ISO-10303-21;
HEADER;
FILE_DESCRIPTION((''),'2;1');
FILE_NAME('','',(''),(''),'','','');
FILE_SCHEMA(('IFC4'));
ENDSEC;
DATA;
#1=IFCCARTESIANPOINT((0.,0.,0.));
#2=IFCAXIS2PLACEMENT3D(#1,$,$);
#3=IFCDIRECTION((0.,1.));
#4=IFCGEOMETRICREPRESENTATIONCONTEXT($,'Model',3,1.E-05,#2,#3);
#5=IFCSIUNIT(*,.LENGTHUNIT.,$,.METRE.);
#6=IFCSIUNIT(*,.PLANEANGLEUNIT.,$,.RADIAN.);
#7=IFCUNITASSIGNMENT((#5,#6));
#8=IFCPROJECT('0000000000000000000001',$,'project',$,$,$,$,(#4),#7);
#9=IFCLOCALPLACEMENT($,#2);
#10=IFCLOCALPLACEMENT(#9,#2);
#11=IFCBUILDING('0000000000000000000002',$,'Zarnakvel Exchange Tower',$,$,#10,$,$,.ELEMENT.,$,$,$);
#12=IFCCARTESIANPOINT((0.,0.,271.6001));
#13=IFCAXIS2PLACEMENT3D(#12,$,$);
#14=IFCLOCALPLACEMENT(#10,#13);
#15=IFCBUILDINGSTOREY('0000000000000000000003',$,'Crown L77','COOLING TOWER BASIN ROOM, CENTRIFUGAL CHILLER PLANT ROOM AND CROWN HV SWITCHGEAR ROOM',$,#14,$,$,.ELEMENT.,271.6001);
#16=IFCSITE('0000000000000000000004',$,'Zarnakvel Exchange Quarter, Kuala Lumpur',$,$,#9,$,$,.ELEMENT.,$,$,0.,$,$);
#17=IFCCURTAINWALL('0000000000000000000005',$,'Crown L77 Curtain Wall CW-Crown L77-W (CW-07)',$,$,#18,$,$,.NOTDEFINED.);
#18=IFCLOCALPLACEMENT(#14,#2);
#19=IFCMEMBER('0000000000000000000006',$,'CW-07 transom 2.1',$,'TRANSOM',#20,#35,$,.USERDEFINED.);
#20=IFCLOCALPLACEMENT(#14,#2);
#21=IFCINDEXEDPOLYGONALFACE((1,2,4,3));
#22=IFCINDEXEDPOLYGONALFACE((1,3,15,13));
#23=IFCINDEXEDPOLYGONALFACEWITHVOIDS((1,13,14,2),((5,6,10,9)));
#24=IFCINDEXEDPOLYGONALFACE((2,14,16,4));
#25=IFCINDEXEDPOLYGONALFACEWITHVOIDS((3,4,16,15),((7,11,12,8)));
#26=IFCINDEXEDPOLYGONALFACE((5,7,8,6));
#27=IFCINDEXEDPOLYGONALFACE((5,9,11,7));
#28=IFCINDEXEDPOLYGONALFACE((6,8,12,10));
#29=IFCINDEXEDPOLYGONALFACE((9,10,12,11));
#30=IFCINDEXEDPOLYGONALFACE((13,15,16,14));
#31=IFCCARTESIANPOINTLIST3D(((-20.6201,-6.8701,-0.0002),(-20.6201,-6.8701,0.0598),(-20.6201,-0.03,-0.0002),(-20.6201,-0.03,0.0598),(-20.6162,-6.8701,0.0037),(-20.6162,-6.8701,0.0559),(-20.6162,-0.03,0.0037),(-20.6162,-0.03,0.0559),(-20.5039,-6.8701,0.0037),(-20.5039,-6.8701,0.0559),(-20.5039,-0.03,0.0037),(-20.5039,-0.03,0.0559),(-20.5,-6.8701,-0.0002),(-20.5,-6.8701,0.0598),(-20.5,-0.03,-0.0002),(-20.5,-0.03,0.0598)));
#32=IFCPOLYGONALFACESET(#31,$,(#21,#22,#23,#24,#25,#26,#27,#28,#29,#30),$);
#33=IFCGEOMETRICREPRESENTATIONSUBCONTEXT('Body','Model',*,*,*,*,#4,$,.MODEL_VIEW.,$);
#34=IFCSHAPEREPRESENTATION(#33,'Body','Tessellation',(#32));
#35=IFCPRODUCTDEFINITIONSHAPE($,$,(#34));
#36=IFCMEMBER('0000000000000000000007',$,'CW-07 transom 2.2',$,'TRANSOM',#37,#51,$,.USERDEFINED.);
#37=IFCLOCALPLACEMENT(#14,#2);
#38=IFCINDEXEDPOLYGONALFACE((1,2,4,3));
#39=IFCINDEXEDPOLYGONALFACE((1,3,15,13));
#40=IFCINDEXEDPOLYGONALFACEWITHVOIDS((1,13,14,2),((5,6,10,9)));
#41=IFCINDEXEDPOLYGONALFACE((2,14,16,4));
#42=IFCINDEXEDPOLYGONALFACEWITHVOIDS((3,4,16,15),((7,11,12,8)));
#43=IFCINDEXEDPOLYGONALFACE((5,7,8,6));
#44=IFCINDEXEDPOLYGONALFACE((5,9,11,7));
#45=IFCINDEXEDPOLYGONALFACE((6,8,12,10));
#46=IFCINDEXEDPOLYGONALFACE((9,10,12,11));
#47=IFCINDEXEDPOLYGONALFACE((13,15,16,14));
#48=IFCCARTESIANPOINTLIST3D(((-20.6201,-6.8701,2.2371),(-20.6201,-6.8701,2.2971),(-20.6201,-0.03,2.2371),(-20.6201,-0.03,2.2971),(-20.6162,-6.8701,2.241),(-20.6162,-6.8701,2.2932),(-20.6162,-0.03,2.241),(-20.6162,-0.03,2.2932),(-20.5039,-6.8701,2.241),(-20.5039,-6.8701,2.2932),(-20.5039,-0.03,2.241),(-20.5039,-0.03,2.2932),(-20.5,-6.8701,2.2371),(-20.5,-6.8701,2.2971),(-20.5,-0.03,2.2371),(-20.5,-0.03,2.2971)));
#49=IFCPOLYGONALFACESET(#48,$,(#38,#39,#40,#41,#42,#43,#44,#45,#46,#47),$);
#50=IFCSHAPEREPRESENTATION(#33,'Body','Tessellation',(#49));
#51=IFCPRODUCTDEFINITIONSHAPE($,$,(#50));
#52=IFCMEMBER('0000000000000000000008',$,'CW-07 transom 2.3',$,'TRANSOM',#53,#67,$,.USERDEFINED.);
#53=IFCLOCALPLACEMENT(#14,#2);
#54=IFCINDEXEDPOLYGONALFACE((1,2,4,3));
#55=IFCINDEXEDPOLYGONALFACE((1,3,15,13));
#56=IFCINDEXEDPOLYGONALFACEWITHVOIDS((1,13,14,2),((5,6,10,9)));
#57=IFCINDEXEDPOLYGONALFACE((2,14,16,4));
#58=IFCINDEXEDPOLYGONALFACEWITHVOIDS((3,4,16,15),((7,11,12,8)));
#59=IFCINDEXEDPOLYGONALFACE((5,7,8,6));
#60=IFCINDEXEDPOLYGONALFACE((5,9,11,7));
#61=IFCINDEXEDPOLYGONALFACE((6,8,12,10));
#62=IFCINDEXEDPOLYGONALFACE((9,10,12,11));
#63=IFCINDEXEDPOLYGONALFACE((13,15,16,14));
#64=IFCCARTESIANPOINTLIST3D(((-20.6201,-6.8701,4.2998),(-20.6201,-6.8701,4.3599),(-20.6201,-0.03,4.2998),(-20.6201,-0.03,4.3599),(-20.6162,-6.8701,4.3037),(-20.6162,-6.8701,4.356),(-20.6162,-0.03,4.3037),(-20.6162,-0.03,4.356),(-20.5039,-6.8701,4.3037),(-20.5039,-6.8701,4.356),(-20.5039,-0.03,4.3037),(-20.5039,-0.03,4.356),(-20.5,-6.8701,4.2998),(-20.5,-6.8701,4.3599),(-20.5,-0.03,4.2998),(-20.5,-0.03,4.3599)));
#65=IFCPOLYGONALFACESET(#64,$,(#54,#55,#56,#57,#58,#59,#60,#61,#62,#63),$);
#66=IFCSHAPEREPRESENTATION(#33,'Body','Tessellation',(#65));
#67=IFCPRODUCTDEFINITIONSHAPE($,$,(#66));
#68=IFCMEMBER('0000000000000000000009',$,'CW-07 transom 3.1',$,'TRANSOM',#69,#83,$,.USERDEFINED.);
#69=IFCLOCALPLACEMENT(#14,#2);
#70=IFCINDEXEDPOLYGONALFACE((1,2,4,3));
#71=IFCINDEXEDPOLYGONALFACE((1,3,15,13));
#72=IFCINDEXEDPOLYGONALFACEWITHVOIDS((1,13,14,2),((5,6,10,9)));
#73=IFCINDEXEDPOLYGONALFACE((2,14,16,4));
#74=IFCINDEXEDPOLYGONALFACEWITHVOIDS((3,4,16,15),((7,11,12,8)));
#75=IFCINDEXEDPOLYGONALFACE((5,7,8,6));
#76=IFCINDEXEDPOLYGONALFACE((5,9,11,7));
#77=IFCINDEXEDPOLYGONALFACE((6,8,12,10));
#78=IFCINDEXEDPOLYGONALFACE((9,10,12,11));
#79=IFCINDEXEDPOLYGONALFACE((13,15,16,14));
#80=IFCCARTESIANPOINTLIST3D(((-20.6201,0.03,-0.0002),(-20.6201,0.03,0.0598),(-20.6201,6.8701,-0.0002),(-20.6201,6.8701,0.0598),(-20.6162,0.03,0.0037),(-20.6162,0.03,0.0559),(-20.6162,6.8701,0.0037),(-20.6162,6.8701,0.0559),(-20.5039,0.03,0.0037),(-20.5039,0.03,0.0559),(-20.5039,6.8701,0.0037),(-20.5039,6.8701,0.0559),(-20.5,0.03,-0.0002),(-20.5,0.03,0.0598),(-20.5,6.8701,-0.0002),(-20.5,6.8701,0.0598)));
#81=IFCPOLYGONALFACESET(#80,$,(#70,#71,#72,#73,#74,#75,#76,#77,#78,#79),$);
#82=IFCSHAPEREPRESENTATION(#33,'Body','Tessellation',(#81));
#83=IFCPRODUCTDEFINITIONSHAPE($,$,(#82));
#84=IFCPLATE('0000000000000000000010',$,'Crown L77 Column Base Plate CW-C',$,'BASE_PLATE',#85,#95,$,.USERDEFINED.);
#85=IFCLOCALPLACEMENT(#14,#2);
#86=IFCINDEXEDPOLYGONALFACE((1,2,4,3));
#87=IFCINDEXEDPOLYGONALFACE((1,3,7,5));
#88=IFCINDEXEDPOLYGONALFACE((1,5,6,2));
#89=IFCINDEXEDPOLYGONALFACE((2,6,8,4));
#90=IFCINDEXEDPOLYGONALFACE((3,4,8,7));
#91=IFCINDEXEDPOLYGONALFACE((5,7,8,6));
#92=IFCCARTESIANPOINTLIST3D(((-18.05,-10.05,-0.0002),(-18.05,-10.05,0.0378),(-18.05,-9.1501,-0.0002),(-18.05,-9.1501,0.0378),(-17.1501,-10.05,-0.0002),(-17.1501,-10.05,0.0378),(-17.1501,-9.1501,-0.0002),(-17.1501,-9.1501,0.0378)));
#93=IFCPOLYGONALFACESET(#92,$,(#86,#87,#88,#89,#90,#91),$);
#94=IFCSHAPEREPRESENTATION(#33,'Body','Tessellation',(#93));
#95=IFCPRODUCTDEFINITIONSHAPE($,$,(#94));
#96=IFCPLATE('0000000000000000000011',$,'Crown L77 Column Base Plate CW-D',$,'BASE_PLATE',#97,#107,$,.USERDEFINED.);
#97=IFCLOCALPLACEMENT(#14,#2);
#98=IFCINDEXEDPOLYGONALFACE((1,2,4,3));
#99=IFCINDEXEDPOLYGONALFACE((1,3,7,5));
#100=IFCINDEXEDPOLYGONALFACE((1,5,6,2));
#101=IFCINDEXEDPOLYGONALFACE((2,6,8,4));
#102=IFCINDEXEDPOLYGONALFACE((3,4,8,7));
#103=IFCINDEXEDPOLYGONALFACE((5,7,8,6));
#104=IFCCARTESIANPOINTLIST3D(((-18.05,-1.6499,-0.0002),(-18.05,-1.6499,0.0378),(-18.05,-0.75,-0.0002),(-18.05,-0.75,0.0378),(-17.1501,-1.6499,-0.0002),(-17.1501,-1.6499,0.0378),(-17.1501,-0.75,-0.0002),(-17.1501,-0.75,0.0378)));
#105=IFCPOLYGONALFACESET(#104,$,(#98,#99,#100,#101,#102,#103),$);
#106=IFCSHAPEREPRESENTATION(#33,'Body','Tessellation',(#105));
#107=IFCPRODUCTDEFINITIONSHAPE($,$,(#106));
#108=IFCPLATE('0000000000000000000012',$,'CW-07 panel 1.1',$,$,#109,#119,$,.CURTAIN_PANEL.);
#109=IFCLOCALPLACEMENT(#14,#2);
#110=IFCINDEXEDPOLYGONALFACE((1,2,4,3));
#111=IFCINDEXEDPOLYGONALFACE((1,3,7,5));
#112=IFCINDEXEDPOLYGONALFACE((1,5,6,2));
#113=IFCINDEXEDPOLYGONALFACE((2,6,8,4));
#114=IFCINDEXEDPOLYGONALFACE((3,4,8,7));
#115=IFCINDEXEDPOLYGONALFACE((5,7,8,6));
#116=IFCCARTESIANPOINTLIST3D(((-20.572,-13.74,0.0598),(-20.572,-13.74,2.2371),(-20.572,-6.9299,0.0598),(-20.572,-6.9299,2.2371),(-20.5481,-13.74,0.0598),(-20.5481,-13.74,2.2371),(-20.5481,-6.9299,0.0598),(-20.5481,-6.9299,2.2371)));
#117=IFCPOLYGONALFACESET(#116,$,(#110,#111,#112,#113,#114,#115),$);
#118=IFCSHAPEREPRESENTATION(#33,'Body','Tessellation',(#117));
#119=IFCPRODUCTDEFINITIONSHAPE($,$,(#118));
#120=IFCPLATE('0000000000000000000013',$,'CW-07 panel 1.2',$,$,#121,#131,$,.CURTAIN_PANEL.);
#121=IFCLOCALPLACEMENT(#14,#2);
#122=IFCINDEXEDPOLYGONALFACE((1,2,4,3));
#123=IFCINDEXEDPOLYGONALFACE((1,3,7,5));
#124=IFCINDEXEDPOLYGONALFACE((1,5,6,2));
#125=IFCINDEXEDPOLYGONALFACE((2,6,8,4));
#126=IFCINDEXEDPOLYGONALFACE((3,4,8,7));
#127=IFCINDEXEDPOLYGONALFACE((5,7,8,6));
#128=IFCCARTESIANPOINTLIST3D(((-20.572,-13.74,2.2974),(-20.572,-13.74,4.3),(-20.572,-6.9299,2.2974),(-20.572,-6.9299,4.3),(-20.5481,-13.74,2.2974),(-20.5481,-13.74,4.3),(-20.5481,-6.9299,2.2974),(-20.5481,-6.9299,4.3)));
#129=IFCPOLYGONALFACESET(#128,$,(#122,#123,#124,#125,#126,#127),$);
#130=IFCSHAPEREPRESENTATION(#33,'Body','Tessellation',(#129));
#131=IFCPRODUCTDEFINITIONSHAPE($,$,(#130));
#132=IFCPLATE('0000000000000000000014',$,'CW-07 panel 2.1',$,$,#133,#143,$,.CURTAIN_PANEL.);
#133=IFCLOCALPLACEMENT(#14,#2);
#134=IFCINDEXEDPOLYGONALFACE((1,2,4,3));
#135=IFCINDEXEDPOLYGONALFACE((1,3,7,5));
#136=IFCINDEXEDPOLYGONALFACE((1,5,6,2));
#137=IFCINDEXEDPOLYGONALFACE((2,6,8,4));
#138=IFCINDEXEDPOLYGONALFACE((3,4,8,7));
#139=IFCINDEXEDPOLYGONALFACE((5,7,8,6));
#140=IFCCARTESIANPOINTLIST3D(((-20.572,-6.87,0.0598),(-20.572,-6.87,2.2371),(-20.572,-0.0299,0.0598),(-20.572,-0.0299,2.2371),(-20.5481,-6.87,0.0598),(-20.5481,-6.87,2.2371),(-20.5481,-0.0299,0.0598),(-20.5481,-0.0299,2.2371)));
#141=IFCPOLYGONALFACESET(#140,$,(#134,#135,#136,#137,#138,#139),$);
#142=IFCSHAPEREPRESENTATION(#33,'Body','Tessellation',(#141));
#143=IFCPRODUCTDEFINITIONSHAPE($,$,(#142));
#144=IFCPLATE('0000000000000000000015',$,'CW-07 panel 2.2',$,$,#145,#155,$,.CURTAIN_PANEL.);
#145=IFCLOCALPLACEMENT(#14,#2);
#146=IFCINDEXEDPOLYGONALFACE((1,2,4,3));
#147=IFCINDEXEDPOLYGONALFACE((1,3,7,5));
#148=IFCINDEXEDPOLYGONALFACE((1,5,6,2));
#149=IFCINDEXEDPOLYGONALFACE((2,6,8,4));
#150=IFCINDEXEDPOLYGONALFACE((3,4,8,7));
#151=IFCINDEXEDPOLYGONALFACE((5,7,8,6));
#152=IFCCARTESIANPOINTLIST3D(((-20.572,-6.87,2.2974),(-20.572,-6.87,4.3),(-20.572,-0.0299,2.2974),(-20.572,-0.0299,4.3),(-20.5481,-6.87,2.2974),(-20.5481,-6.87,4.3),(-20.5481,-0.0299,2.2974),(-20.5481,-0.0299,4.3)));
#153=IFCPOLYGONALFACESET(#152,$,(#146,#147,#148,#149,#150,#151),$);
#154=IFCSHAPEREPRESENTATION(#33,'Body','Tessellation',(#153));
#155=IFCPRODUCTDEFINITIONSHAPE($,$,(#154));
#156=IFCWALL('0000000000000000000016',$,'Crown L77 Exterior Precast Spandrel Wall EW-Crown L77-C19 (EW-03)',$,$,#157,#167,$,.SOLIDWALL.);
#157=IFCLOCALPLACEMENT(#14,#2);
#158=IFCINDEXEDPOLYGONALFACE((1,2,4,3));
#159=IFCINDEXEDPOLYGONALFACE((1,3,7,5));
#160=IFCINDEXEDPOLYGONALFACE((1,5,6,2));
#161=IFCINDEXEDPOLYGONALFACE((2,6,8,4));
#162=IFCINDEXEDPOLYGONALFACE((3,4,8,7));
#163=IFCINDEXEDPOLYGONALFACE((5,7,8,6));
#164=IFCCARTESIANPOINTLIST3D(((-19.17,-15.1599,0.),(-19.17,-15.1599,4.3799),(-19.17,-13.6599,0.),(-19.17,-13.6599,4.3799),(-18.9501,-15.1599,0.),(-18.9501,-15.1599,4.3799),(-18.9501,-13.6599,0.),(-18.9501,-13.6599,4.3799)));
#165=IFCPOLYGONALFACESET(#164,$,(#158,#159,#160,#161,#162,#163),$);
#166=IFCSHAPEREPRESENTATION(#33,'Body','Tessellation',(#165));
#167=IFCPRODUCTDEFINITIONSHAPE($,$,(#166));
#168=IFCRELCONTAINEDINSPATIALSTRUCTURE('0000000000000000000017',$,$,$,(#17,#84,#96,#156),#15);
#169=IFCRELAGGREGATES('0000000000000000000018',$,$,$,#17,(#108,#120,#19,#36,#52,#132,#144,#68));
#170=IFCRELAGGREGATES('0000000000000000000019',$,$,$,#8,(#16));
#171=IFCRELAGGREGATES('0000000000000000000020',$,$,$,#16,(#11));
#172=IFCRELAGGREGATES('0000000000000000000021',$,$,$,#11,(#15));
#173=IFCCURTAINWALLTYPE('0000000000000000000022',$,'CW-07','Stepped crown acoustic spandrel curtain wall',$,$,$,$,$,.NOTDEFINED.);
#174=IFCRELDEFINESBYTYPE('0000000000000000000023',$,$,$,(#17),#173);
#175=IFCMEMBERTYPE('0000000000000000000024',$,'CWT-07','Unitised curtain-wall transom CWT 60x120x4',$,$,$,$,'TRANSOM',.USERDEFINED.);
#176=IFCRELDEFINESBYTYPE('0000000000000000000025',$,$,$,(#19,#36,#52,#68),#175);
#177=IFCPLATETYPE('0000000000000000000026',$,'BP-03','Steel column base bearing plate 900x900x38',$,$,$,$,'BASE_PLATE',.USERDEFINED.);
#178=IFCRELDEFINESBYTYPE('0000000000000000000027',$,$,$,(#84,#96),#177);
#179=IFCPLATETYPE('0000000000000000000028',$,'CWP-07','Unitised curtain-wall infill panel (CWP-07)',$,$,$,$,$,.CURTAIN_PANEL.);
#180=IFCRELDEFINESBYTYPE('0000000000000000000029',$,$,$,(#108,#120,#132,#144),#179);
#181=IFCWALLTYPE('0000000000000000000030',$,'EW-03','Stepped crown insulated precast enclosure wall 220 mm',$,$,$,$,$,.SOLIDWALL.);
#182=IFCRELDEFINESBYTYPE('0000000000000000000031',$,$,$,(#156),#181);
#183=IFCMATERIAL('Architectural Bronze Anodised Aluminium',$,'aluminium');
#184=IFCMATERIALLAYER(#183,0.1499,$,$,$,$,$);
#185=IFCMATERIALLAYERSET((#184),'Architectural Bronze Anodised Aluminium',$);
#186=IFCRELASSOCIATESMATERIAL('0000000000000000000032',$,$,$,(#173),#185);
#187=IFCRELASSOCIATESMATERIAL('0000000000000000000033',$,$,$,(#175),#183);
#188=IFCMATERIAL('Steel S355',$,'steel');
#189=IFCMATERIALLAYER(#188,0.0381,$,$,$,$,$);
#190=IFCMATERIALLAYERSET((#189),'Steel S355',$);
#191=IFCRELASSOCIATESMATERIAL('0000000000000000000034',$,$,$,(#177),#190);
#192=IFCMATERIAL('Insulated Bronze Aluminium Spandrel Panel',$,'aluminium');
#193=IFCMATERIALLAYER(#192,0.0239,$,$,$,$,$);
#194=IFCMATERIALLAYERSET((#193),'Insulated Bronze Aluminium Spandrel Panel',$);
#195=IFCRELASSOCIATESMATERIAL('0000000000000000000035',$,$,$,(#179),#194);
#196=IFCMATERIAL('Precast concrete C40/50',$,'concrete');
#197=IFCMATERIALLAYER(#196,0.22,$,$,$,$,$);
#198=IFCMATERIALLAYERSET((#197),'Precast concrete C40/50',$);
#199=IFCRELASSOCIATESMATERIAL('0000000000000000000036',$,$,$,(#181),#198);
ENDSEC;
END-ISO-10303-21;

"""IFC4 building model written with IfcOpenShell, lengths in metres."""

from ifc_helpers import new_model, si_unit, direction, frame, frame_2d, origin, origin_2d, place, context, subcontext, project, spatial, rectangle, hollow_rectangle, extrude, source, transform, mapped, material, layer, layer_set, material_profile, profile_set, type_object, element, aggregate, save


model = new_model("IFC4")

# Units and contexts
model_context = context("Model", 3, precision=1e-05, world=origin(), true_north=direction((0.0, 1.0)))
body_context = subcontext(model_context, "Body", "Model", "MODEL_VIEW")
ifc_project = project(units=[si_unit("LENGTHUNIT", "METRE"), si_unit("PLANEANGLEUNIT", "RADIAN")], contexts=[model_context])

# Site, building, storey
site_placement = place(None, origin())
site = spatial("IfcSite", under=ifc_project, at=site_placement, Name="Zarnakvel Exchange Quarter, Kuala Lumpur", CompositionType="ELEMENT", RefElevation=0.0)
building_placement = place(site_placement, origin())
building = spatial("IfcBuilding", under=site, at=building_placement, Name="Zarnakvel Exchange Tower", CompositionType="ELEMENT")
storey_placement = place(building_placement, frame((0.0, 0.0, 271.6001)))
storey = spatial("IfcBuildingStorey", under=building, at=storey_placement, Name="Crown L77", Description="COOLING TOWER BASIN ROOM, CENTRIFUGAL CHILLER PLANT ROOM AND CROWN HV SWITCHGEAR ROOM", CompositionType="ELEMENT", Elevation=271.6001)

# Shared definitions
ifc_material_1 = material(Name="Steel S355", Category="steel")

# Curtain wall, members
ifc_material_2 = material(Name="Architectural Bronze Anodised Aluminium", Category="aluminium")
ifc_layer_1 = layer(ifc_material_2, 0.1499)
ifc_layer_set_1 = layer_set([ifc_layer_1], Name="Architectural Bronze Anodised Aluminium")
curtain_wall_type = type_object("IfcCurtainWallType", Name="CW-07", Description="Stepped crown acoustic spandrel curtain wall", PredefinedType="NOTDEFINED", material=ifc_layer_set_1)
curtain_wall_placement = place(storey_placement, origin())
curtain_wall = element("IfcCurtainWall", 1, at=curtain_wall_placement, inside=storey, type_object=curtain_wall_type, Name="Crown L77 Curtain Wall CW-Crown L77-W (CW-07)", PredefinedType="NOTDEFINED")
ifc_material_profile_1 = material_profile(ifc_material_2, hollow_rectangle(XDim=0.1201, YDim=0.0601, WallThickness=0.0039, at=origin_2d()))
ifc_profile_set_1 = profile_set([ifc_material_profile_1], Name="Architectural Bronze Anodised Aluminium")
member_type_1 = type_object("IfcMemberType", Name="CWT-07", Description="Unitised curtain-wall transom CWT 60x120x4", ElementType="TRANSOM", PredefinedType="USERDEFINED", material=ifc_profile_set_1)
shared_shape_1 = source(origin(), body_context, "Body", "SweptSolid", [
    extrude(hollow_rectangle(XDim=0.1201, YDim=0.0601, WallThickness=0.0039, at=origin_2d()), origin(), (0.0, 0.0, 1.0), 6.8401),
])
member_1_placement = place(storey_placement, frame((-20.5601, -6.8701, 0.0298), z_axis=(0.0, 1.0, 0.0), x_axis=(-1.0, 0.0, 0.0)))
member_1 = element("IfcMember", 2, at=member_1_placement, type_object=member_type_1, Name="CW-07 transom 2.1", ObjectType="TRANSOM", PredefinedType="USERDEFINED", context=body_context, shape_type="MappedRepresentation", body=[
    mapped(shared_shape_1, transform((0.0, 0.0, 0.0), x_axis=(1.0, 0.0, 0.0), y_axis=(0.0, 1.0, 0.0), z_axis=(0.0, 0.0, 1.0), scale=1.0)),
])
member_2_placement = place(storey_placement, frame((-20.5601, -6.8701, 2.2671), z_axis=(0.0, 1.0, 0.0), x_axis=(-1.0, 0.0, 0.0)))
member_2 = element("IfcMember", 3, at=member_2_placement, type_object=member_type_1, Name="CW-07 transom 2.2", ObjectType="TRANSOM", PredefinedType="USERDEFINED", context=body_context, shape_type="MappedRepresentation", body=[
    mapped(shared_shape_1, transform((0.0, 0.0, 0.0), x_axis=(1.0, 0.0, 0.0), y_axis=(0.0, 1.0, 0.0), z_axis=(0.0, 0.0, 1.0), scale=1.0)),
])
member_3_placement = place(storey_placement, frame((-20.5601, -6.8701, 4.3298), z_axis=(0.0, 1.0, 0.0), x_axis=(-1.0, 0.0, 0.0)))
member_3 = element("IfcMember", 4, at=member_3_placement, type_object=member_type_1, Name="CW-07 transom 2.3", ObjectType="TRANSOM", PredefinedType="USERDEFINED", context=body_context, shape_type="MappedRepresentation", body=[
    mapped(shared_shape_1, transform((0.0, 0.0, 0.0), x_axis=(1.0, 0.0, 0.0), y_axis=(0.0, 1.0, 0.0), z_axis=(0.0, 0.0, 1.0), scale=1.0)),
])
member_4_placement = place(storey_placement, frame((-20.5601, 0.03, 0.0298), z_axis=(0.0, 1.0, 0.0), x_axis=(-1.0, 0.0, 0.0)))
member_4 = element("IfcMember", 5, at=member_4_placement, type_object=member_type_1, Name="CW-07 transom 3.1", ObjectType="TRANSOM", PredefinedType="USERDEFINED", context=body_context, shape_type="MappedRepresentation", body=[
    mapped(shared_shape_1, transform((0.0, 0.0, 0.0), x_axis=(1.0, 0.0, 0.0), y_axis=(0.0, 1.0, 0.0), z_axis=(0.0, 0.0, 1.0), scale=1.0)),
])

# Plates
ifc_layer_2 = layer(ifc_material_1, 0.0381)
ifc_layer_set_2 = layer_set([ifc_layer_2], Name="Steel S355")
plate_type_1 = type_object("IfcPlateType", Name="BP-03", Description="Steel column base bearing plate 900x900x38", ElementType="BASE_PLATE", PredefinedType="USERDEFINED", material=ifc_layer_set_2)
shared_shape_2 = source(origin(), body_context, "Body", "SweptSolid", [
    extrude(rectangle(XDim=0.8999, YDim=0.8999, at=origin_2d()), origin(), (0.0, 0.0, 1.0), 0.0381),
])
for number, where, z_axis, x_axis, name in (
    (6, (-17.6001, -9.6001, -0.0002), (0.0, 0.0, 1.0), (1.0, 0.0, 0.0), "Crown L77 Column Base Plate CW-C"),
    (7, (-17.6001, -1.2, -0.0002), (0.0, 0.0, 1.0), (1.0, 0.0, 0.0), "Crown L77 Column Base Plate CW-D"),
):
    element("IfcPlate", number, at=place(storey_placement, frame(where, z_axis=z_axis, x_axis=x_axis)), inside=storey, type_object=plate_type_1, Name=name, ObjectType="BASE_PLATE", PredefinedType="USERDEFINED", context=body_context, shape_type="MappedRepresentation", body=[
        mapped(shared_shape_2, transform((0.0, 0.0, 0.0), x_axis=(1.0, 0.0, 0.0), y_axis=(0.0, 1.0, 0.0), z_axis=(0.0, 0.0, 1.0), scale=1.0)),
    ])

# Plates
ifc_material_3 = material(Name="Insulated Bronze Aluminium Spandrel Panel", Category="aluminium")
ifc_layer_3 = layer(ifc_material_3, 0.0239)
ifc_layer_set_3 = layer_set([ifc_layer_3], Name="Insulated Bronze Aluminium Spandrel Panel")
plate_type_2 = type_object("IfcPlateType", Name="CWP-07", Description="Unitised curtain-wall infill panel (CWP-07)", PredefinedType="CURTAIN_PANEL", material=ifc_layer_set_3)
shared_shape_3 = source(origin(), body_context, "Body", "SweptSolid", [
    extrude(rectangle(XDim=6.8101, YDim=0.0239, at=origin_2d()), origin(), (0.0, 0.0, 1.0), 2.1772),
])
plate_1_placement = place(storey_placement, frame((-20.5601, -10.335, 0.0598), z_axis=(0.0, 0.0, 1.0), x_axis=(0.0, 1.0, 0.0)))
plate_1 = element("IfcPlate", 8, at=plate_1_placement, type_object=plate_type_2, Name="CW-07 panel 1.1", PredefinedType="CURTAIN_PANEL", context=body_context, shape_type="MappedRepresentation", body=[
    mapped(shared_shape_3, transform((0.0, 0.0, 0.0), x_axis=(1.0, 0.0, 0.0), y_axis=(0.0, 1.0, 0.0), z_axis=(0.0, 0.0, 1.0), scale=1.0)),
])
shared_shape_4 = source(origin(), body_context, "Body", "SweptSolid", [
    extrude(rectangle(XDim=6.8101, YDim=0.0239, at=origin_2d()), origin(), (0.0, 0.0, 1.0), 2.0027),
])
plate_2_placement = place(storey_placement, frame((-20.5601, -10.335, 2.2974), z_axis=(0.0, 0.0, 1.0), x_axis=(0.0, 1.0, 0.0)))
plate_2 = element("IfcPlate", 9, at=plate_2_placement, type_object=plate_type_2, Name="CW-07 panel 1.2", PredefinedType="CURTAIN_PANEL", context=body_context, shape_type="MappedRepresentation", body=[
    mapped(shared_shape_4, transform((0.0, 0.0, 0.0), x_axis=(1.0, 0.0, 0.0), y_axis=(0.0, 1.0, 0.0), z_axis=(0.0, 0.0, 1.0), scale=1.0)),
])
shared_shape_5 = source(origin(), body_context, "Body", "SweptSolid", [
    extrude(rectangle(XDim=6.8401, YDim=0.0239, at=origin_2d()), origin(), (0.0, 0.0, 1.0), 2.1772),
])
plate_3_placement = place(storey_placement, frame((-20.5601, -3.45, 0.0598), z_axis=(0.0, 0.0, 1.0), x_axis=(0.0, 1.0, 0.0)))
plate_3 = element("IfcPlate", 10, at=plate_3_placement, type_object=plate_type_2, Name="CW-07 panel 2.1", PredefinedType="CURTAIN_PANEL", context=body_context, shape_type="MappedRepresentation", body=[
    mapped(shared_shape_5, transform((0.0, 0.0, 0.0), x_axis=(1.0, 0.0, 0.0), y_axis=(0.0, 1.0, 0.0), z_axis=(0.0, 0.0, 1.0), scale=1.0)),
])
shared_shape_6 = source(origin(), body_context, "Body", "SweptSolid", [
    extrude(rectangle(XDim=6.8401, YDim=0.0239, at=origin_2d()), origin(), (0.0, 0.0, 1.0), 2.0027),
])
plate_4_placement = place(storey_placement, frame((-20.5601, -3.45, 2.2974), z_axis=(0.0, 0.0, 1.0), x_axis=(0.0, 1.0, 0.0)))
plate_4 = element("IfcPlate", 11, at=plate_4_placement, type_object=plate_type_2, Name="CW-07 panel 2.2", PredefinedType="CURTAIN_PANEL", context=body_context, shape_type="MappedRepresentation", body=[
    mapped(shared_shape_6, transform((0.0, 0.0, 0.0), x_axis=(1.0, 0.0, 0.0), y_axis=(0.0, 1.0, 0.0), z_axis=(0.0, 0.0, 1.0), scale=1.0)),
])
aggregate(curtain_wall, [plate_1, plate_2, member_1, member_2, member_3, plate_3, plate_4, member_4])

# Wall
ifc_material_4 = material(Name="Precast concrete C40/50", Category="concrete")
ifc_layer_4 = layer(ifc_material_4, 0.22)
ifc_layer_set_4 = layer_set([ifc_layer_4], Name="Precast concrete C40/50")
wall_type = type_object("IfcWallType", Name="EW-03", Description="Stepped crown insulated precast enclosure wall 220 mm", PredefinedType="SOLIDWALL", material=ifc_layer_set_4)
wall_placement = place(storey_placement, frame((-19.0601, -13.6599, 0.0), z_axis=(0.0, 0.0, 1.0), x_axis=(0.0, -1.0, 0.0)))
element("IfcWall", 12, at=wall_placement, inside=storey, type_object=wall_type, Name="Crown L77 Exterior Precast Spandrel Wall EW-Crown L77-C19 (EW-03)", PredefinedType="SOLIDWALL", context=body_context, shape_type="SweptSolid", body=[
    extrude(rectangle(XDim=1.5, YDim=0.22, at=frame_2d((0.75, 0.0))), origin(), (0.0, 0.0, 1.0), 4.3799),
])

save(model, "model.ifc")
